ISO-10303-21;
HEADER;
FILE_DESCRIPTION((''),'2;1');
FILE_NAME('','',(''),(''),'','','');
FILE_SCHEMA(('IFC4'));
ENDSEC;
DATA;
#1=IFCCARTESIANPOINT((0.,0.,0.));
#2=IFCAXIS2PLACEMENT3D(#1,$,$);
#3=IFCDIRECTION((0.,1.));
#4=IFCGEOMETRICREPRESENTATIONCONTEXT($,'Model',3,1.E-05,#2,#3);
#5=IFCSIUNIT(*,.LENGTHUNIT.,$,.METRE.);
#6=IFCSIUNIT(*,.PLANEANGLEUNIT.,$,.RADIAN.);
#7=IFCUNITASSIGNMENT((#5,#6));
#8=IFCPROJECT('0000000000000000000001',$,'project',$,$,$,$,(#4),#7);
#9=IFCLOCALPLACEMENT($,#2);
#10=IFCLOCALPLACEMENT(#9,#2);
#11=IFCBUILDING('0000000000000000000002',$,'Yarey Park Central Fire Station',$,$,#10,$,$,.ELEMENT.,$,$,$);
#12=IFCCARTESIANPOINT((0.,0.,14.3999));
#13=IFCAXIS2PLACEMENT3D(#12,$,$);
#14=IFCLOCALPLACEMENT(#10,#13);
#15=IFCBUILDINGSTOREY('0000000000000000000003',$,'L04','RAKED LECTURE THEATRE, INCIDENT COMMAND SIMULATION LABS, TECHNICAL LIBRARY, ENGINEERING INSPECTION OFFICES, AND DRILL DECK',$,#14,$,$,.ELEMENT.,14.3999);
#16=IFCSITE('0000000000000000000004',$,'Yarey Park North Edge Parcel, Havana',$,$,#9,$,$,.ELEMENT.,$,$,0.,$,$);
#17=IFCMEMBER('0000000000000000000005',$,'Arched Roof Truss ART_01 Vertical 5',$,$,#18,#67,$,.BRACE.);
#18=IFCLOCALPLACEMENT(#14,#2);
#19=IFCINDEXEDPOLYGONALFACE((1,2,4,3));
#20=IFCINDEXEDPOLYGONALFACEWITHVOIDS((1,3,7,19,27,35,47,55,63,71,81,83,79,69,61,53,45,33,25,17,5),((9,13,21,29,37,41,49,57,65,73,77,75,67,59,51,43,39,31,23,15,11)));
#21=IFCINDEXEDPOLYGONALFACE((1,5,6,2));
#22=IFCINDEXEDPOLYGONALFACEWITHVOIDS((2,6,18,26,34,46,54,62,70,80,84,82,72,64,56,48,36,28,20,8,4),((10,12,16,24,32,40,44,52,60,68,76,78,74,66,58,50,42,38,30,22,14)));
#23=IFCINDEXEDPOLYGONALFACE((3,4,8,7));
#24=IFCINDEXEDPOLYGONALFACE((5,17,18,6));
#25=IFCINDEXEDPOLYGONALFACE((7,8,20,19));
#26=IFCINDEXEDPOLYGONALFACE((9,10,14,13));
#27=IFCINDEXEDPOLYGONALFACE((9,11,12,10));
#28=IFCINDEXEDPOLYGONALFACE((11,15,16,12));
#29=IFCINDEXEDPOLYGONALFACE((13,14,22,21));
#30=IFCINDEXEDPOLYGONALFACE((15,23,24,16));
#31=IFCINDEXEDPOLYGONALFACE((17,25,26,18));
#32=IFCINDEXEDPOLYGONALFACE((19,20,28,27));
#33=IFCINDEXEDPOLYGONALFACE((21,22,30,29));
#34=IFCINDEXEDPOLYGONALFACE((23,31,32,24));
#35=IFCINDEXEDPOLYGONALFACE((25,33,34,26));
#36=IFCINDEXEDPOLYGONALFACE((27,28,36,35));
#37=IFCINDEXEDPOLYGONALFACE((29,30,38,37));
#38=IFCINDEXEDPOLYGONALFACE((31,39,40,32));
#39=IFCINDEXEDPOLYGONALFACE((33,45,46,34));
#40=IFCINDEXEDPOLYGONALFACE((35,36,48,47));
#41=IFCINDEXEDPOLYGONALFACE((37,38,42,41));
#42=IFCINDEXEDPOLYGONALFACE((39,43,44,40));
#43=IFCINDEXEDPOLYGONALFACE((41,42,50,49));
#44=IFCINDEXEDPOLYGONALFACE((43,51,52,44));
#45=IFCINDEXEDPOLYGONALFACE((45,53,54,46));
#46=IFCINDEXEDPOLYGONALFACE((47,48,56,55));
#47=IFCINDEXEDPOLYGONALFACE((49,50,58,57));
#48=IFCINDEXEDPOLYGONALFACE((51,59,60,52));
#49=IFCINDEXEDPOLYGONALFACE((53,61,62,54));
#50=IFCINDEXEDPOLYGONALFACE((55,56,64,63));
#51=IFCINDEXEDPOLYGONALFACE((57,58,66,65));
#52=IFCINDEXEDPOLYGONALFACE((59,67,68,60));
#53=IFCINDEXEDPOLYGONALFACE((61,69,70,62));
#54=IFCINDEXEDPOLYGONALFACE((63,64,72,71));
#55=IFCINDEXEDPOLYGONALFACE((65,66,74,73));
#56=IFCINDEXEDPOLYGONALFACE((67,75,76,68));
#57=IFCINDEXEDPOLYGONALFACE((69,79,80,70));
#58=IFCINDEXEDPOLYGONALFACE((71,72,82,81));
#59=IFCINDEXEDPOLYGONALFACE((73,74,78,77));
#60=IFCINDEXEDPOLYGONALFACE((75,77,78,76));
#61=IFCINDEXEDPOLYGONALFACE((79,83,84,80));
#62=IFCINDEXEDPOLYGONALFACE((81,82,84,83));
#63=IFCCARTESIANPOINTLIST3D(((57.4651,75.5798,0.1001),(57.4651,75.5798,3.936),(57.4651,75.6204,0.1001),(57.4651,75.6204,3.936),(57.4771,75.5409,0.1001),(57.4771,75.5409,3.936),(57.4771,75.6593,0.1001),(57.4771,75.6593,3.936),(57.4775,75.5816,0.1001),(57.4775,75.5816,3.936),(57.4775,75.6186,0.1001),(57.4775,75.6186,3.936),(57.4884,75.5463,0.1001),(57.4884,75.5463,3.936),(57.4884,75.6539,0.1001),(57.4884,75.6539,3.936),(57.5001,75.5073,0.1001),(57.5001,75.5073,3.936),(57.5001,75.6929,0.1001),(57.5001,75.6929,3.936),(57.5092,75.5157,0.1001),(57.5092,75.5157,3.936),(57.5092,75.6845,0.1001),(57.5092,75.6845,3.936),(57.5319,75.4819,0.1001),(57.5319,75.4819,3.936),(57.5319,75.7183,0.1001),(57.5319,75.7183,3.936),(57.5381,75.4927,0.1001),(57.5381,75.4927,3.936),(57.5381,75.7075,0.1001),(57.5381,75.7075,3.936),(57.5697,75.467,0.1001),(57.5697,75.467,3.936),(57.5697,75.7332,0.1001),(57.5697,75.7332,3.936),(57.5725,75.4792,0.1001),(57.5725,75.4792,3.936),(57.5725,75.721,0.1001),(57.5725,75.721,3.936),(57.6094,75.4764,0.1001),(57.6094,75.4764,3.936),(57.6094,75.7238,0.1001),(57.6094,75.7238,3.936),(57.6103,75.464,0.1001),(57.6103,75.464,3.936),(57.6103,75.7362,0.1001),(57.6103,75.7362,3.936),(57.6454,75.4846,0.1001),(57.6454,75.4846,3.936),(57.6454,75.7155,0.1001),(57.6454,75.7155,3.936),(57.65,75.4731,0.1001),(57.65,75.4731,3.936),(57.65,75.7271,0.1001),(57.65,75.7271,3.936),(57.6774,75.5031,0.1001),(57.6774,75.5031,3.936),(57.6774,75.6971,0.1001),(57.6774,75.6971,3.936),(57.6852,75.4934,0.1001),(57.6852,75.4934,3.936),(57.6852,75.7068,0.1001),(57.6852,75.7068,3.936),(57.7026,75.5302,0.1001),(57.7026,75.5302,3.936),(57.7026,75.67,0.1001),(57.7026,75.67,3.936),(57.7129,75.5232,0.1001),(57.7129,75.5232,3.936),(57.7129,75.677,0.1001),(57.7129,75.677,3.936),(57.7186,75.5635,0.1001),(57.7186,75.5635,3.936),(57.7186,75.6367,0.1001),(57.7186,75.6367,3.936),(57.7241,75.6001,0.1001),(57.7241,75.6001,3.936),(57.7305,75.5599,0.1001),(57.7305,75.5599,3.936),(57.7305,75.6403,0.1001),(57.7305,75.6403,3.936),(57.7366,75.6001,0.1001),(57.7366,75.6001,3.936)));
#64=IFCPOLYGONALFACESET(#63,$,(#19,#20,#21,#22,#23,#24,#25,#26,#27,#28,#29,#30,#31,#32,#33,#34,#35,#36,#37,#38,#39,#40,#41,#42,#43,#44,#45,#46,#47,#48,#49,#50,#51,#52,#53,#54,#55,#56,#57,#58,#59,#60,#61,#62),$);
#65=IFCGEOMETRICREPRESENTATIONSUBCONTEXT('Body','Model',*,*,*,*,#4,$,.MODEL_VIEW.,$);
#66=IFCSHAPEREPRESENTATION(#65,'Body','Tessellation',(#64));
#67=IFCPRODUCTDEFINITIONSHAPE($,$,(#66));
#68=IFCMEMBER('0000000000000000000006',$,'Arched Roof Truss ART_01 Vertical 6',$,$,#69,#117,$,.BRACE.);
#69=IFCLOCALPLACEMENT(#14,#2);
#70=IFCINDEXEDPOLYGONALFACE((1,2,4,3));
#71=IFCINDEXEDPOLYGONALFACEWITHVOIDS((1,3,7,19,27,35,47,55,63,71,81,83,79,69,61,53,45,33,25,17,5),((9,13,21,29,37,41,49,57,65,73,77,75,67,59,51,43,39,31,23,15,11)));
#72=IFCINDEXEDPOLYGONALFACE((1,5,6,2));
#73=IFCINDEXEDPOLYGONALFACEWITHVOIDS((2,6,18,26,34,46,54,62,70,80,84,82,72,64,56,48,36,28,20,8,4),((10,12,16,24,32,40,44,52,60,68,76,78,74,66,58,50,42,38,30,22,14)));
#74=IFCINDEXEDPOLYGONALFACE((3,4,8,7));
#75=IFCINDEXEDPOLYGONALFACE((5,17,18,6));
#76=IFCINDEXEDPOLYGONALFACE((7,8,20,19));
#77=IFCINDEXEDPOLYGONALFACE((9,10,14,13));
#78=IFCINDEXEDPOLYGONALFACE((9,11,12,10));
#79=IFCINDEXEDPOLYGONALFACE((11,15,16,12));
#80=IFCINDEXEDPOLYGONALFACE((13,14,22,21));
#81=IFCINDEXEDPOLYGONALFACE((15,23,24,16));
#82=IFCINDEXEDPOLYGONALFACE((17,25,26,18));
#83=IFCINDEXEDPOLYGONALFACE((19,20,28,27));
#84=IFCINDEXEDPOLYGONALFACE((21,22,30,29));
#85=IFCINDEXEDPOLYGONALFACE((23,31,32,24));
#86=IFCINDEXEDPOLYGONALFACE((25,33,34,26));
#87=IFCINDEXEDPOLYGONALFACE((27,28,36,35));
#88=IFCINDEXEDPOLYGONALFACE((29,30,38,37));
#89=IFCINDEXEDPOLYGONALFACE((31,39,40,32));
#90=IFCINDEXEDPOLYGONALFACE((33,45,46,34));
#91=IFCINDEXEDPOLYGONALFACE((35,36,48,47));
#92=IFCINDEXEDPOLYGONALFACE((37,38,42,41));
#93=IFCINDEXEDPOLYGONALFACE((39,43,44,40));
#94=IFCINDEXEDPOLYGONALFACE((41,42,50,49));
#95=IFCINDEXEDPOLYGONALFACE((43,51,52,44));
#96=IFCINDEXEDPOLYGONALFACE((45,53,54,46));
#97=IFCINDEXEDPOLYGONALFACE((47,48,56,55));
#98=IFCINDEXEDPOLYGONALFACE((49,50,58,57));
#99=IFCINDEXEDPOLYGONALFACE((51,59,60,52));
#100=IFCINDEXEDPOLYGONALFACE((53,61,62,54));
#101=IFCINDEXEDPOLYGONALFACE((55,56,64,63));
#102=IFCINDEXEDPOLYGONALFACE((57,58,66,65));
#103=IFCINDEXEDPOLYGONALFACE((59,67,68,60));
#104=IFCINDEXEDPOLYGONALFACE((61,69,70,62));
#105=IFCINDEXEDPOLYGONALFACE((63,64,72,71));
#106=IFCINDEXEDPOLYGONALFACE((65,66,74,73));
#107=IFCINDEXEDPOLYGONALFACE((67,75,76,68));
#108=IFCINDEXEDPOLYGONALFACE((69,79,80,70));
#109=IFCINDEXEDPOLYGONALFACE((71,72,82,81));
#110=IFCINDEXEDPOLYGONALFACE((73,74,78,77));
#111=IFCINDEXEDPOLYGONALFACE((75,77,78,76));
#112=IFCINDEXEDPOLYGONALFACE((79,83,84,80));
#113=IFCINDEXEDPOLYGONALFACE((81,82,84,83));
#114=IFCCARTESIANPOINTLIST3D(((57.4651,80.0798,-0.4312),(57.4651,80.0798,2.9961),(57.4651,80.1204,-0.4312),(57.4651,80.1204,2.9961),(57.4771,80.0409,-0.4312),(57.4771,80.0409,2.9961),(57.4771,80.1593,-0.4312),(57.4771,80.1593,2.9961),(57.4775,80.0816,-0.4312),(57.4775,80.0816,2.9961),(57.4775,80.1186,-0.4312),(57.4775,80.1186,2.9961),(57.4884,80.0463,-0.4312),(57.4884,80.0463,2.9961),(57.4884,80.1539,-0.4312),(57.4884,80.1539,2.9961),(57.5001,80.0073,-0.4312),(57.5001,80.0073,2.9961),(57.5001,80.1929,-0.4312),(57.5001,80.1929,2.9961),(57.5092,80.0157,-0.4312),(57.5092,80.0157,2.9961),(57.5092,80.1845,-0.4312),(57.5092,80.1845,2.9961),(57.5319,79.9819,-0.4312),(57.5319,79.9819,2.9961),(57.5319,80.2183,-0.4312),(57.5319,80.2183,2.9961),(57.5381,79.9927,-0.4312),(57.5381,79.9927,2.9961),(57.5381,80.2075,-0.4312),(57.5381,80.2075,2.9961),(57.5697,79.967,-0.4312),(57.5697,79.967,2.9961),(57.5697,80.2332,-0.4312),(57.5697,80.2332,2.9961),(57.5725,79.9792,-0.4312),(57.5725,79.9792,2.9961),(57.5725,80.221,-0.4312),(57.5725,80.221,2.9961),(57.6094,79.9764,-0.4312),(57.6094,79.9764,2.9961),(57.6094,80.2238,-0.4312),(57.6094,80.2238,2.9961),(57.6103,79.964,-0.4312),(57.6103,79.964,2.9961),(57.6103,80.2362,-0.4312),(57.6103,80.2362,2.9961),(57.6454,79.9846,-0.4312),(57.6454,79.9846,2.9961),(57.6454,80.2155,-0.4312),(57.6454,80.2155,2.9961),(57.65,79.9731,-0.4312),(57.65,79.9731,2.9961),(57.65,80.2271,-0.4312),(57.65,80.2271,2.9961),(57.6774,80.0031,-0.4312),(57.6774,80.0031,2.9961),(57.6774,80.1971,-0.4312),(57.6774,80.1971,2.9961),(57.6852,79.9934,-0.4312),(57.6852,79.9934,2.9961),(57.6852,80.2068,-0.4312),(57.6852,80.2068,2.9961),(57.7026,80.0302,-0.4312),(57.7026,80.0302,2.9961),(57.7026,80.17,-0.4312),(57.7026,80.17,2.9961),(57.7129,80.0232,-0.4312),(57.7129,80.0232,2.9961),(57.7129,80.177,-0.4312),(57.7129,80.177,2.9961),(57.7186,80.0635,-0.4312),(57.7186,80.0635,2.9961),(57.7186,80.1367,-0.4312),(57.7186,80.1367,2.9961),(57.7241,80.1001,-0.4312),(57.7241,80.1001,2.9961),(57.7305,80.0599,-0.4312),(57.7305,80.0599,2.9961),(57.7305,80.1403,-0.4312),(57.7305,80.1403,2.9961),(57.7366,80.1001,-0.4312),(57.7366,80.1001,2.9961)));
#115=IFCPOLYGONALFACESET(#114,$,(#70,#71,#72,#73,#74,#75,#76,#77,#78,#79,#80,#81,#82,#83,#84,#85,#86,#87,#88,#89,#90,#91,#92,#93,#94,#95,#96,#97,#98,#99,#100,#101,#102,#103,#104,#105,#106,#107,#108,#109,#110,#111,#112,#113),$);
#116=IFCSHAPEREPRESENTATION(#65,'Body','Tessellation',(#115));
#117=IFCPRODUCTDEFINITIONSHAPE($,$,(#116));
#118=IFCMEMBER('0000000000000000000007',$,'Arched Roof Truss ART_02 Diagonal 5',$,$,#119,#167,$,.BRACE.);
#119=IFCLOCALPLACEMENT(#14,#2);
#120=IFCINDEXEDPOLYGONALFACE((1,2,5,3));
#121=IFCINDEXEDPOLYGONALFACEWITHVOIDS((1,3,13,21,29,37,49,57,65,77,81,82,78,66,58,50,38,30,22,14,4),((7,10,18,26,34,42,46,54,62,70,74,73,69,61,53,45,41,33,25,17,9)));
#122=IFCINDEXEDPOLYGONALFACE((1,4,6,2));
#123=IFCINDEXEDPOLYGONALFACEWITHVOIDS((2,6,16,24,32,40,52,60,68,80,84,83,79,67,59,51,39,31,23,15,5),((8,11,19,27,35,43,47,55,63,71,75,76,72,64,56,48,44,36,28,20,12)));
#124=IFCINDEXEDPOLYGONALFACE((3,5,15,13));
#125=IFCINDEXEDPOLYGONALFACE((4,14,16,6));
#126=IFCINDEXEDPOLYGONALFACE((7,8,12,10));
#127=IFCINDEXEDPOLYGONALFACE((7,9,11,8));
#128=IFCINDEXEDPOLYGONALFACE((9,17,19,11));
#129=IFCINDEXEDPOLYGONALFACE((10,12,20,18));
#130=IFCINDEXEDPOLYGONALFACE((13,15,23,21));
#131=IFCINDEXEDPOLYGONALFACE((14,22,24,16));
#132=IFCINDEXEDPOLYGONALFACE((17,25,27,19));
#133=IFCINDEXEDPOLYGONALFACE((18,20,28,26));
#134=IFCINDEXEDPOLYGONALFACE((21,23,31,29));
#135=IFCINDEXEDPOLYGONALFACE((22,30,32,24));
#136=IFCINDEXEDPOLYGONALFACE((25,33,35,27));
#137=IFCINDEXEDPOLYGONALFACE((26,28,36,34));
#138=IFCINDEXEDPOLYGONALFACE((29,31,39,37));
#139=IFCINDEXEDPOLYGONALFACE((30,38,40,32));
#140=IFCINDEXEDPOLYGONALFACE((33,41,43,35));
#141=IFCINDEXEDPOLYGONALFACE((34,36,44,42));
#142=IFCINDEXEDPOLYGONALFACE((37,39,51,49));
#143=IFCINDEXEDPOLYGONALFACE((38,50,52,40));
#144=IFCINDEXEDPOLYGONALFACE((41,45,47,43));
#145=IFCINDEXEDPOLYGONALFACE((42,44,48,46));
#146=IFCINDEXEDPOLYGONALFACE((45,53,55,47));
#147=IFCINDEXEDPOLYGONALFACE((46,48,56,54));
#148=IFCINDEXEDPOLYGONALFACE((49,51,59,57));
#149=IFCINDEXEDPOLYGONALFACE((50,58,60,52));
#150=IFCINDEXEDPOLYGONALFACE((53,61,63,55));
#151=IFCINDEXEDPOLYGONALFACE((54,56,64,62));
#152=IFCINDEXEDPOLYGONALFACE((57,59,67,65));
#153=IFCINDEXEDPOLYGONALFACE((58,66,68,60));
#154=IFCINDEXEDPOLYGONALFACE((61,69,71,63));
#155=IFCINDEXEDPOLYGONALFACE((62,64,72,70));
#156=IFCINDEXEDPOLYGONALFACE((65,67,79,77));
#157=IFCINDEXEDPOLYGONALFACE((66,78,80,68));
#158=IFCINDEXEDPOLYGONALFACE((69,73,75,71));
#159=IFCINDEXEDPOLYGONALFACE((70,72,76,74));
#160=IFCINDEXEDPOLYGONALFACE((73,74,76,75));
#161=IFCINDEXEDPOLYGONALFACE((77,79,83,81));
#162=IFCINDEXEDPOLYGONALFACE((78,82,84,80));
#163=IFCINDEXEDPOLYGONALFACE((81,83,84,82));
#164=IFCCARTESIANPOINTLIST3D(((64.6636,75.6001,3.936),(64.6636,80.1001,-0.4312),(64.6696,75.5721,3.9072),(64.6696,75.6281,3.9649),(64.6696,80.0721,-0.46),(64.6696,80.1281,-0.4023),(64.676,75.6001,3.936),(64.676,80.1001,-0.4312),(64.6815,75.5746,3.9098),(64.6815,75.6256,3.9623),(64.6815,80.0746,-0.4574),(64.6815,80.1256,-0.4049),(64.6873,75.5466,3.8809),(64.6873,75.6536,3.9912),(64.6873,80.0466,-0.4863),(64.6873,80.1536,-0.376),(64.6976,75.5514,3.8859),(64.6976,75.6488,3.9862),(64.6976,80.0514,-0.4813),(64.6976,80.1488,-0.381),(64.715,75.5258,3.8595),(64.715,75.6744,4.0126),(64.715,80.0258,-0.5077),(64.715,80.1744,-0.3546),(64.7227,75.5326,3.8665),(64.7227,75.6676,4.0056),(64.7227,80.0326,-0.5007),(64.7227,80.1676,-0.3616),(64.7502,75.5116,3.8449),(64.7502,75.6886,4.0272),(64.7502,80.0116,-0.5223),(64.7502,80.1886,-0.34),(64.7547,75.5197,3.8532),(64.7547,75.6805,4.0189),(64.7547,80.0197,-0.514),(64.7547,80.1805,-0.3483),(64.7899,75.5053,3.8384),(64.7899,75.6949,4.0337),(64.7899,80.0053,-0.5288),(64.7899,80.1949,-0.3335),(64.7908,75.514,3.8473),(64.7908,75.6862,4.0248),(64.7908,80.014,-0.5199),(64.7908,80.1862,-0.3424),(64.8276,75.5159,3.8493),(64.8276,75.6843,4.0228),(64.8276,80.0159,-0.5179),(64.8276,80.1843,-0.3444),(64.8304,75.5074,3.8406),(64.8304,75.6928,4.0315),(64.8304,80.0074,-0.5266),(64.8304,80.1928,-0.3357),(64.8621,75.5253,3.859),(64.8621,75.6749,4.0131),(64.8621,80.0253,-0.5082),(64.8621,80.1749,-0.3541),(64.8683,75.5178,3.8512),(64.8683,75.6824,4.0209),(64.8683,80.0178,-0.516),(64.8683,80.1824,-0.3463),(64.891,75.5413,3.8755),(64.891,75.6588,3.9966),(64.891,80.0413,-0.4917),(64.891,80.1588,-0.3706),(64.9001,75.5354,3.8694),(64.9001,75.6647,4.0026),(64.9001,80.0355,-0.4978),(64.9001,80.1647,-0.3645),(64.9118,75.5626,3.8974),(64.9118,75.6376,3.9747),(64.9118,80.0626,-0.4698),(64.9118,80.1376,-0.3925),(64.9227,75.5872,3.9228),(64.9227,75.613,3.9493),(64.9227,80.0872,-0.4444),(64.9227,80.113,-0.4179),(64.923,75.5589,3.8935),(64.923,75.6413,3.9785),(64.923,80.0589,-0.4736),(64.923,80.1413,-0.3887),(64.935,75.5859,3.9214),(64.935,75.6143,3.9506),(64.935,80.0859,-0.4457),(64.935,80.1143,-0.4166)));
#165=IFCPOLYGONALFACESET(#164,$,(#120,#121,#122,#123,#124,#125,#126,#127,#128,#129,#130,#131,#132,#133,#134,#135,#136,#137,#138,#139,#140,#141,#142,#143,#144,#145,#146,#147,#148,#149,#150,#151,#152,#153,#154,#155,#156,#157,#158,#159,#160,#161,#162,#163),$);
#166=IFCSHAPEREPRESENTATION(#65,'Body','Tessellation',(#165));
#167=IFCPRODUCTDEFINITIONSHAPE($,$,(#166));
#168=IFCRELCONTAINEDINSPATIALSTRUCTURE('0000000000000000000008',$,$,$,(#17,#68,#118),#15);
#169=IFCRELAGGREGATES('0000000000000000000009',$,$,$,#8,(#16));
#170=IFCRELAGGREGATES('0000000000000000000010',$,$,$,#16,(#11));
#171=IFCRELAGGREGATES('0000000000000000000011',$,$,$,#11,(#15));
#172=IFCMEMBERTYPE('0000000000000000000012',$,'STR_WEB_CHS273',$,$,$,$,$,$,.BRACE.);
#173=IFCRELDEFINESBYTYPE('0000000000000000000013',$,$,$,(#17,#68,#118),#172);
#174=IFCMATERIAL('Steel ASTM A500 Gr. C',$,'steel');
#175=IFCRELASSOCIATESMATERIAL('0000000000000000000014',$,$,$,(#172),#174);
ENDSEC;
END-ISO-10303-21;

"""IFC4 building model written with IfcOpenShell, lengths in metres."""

from ifc_helpers import new_model, si_unit, direction, frame, origin, origin_2d, place, context, subcontext, project, spatial, hollow_circle, extrude, material, material_profile, profile_set, type_object, element, save


model = new_model("IFC4")

# Units and contexts
model_context = context("Model", 3, precision=1e-05, world=origin(), true_north=direction((0.0, 1.0)))
body_context = subcontext(model_context, "Body", "Model", "MODEL_VIEW")
ifc_project = project(units=[si_unit("LENGTHUNIT", "METRE"), si_unit("PLANEANGLEUNIT", "RADIAN")], contexts=[model_context])

# Site, building, storey
site_placement = place(None, origin())
site = spatial("IfcSite", under=ifc_project, at=site_placement, Name="Yarey Park North Edge Parcel, Havana", CompositionType="ELEMENT", RefElevation=0.0)
building_placement = place(site_placement, origin())
building = spatial("IfcBuilding", under=site, at=building_placement, Name="Yarey Park Central Fire Station", CompositionType="ELEMENT")
storey_placement = place(building_placement, frame((0.0, 0.0, 14.3999)))
storey = spatial("IfcBuildingStorey", under=building, at=storey_placement, Name="L04", Description="RAKED LECTURE THEATRE, INCIDENT COMMAND SIMULATION LABS, TECHNICAL LIBRARY, ENGINEERING INSPECTION OFFICES, AND DRILL DECK", CompositionType="ELEMENT", Elevation=14.3999)

# Members
ifc_material_1 = material(Name="Steel ASTM A500 Gr. C", Category="steel")
ifc_material_profile_1 = material_profile(ifc_material_1, hollow_circle(Radius=0.1365, WallThickness=0.0125, at=origin_2d()), Name="CHS 273x12.5")
ifc_profile_set_1 = profile_set([ifc_material_profile_1], Name="Steel ASTM A500 Gr. C")
member_type_1 = type_object("IfcMemberType", Name="STR_WEB_CHS273", PredefinedType="BRACE", material=ifc_profile_set_1)
member_1_placement = place(storey_placement, frame((57.6001, 75.6001, 0.1001), z_axis=(0.0, 0.0, 1.0), x_axis=(1.0, 0.0, 0.0)))
element("IfcMember", 1, at=member_1_placement, inside=storey, type_object=member_type_1, Name="Arched Roof Truss ART_01 Vertical 5", PredefinedType="BRACE", context=body_context, shape_type="SweptSolid", body=[
    extrude(hollow_circle(Radius=0.1365, WallThickness=0.0125, at=origin_2d()), origin(), (0.0, 0.0, 1.0), 3.8359),
])
member_2_placement = place(storey_placement, frame((57.6001, 80.1001, -0.4312), z_axis=(0.0, 0.0, 1.0), x_axis=(1.0, 0.0, 0.0)))
element("IfcMember", 2, at=member_2_placement, inside=storey, type_object=member_type_1, Name="Arched Roof Truss ART_01 Vertical 6", PredefinedType="BRACE", context=body_context, shape_type="SweptSolid", body=[
    extrude(hollow_circle(Radius=0.1365, WallThickness=0.0125, at=origin_2d()), origin(), (0.0, 0.0, 1.0), 3.4272),
])
member_3_placement = place(storey_placement, frame((64.8, 75.6001, 3.936), z_axis=(0.0, 0.717617, -0.696438), x_axis=(-1.0, 0.0, 0.0)))
element("IfcMember", 3, at=member_3_placement, inside=storey, type_object=member_type_1, Name="Arched Roof Truss ART_02 Diagonal 5", PredefinedType="BRACE", context=body_context, shape_type="SweptSolid", body=[
    extrude(hollow_circle(Radius=0.1365, WallThickness=0.0125, at=origin_2d()), origin(), (0.0, 0.0, 1.0), 6.2708),
])

save(model, "model.ifc")
